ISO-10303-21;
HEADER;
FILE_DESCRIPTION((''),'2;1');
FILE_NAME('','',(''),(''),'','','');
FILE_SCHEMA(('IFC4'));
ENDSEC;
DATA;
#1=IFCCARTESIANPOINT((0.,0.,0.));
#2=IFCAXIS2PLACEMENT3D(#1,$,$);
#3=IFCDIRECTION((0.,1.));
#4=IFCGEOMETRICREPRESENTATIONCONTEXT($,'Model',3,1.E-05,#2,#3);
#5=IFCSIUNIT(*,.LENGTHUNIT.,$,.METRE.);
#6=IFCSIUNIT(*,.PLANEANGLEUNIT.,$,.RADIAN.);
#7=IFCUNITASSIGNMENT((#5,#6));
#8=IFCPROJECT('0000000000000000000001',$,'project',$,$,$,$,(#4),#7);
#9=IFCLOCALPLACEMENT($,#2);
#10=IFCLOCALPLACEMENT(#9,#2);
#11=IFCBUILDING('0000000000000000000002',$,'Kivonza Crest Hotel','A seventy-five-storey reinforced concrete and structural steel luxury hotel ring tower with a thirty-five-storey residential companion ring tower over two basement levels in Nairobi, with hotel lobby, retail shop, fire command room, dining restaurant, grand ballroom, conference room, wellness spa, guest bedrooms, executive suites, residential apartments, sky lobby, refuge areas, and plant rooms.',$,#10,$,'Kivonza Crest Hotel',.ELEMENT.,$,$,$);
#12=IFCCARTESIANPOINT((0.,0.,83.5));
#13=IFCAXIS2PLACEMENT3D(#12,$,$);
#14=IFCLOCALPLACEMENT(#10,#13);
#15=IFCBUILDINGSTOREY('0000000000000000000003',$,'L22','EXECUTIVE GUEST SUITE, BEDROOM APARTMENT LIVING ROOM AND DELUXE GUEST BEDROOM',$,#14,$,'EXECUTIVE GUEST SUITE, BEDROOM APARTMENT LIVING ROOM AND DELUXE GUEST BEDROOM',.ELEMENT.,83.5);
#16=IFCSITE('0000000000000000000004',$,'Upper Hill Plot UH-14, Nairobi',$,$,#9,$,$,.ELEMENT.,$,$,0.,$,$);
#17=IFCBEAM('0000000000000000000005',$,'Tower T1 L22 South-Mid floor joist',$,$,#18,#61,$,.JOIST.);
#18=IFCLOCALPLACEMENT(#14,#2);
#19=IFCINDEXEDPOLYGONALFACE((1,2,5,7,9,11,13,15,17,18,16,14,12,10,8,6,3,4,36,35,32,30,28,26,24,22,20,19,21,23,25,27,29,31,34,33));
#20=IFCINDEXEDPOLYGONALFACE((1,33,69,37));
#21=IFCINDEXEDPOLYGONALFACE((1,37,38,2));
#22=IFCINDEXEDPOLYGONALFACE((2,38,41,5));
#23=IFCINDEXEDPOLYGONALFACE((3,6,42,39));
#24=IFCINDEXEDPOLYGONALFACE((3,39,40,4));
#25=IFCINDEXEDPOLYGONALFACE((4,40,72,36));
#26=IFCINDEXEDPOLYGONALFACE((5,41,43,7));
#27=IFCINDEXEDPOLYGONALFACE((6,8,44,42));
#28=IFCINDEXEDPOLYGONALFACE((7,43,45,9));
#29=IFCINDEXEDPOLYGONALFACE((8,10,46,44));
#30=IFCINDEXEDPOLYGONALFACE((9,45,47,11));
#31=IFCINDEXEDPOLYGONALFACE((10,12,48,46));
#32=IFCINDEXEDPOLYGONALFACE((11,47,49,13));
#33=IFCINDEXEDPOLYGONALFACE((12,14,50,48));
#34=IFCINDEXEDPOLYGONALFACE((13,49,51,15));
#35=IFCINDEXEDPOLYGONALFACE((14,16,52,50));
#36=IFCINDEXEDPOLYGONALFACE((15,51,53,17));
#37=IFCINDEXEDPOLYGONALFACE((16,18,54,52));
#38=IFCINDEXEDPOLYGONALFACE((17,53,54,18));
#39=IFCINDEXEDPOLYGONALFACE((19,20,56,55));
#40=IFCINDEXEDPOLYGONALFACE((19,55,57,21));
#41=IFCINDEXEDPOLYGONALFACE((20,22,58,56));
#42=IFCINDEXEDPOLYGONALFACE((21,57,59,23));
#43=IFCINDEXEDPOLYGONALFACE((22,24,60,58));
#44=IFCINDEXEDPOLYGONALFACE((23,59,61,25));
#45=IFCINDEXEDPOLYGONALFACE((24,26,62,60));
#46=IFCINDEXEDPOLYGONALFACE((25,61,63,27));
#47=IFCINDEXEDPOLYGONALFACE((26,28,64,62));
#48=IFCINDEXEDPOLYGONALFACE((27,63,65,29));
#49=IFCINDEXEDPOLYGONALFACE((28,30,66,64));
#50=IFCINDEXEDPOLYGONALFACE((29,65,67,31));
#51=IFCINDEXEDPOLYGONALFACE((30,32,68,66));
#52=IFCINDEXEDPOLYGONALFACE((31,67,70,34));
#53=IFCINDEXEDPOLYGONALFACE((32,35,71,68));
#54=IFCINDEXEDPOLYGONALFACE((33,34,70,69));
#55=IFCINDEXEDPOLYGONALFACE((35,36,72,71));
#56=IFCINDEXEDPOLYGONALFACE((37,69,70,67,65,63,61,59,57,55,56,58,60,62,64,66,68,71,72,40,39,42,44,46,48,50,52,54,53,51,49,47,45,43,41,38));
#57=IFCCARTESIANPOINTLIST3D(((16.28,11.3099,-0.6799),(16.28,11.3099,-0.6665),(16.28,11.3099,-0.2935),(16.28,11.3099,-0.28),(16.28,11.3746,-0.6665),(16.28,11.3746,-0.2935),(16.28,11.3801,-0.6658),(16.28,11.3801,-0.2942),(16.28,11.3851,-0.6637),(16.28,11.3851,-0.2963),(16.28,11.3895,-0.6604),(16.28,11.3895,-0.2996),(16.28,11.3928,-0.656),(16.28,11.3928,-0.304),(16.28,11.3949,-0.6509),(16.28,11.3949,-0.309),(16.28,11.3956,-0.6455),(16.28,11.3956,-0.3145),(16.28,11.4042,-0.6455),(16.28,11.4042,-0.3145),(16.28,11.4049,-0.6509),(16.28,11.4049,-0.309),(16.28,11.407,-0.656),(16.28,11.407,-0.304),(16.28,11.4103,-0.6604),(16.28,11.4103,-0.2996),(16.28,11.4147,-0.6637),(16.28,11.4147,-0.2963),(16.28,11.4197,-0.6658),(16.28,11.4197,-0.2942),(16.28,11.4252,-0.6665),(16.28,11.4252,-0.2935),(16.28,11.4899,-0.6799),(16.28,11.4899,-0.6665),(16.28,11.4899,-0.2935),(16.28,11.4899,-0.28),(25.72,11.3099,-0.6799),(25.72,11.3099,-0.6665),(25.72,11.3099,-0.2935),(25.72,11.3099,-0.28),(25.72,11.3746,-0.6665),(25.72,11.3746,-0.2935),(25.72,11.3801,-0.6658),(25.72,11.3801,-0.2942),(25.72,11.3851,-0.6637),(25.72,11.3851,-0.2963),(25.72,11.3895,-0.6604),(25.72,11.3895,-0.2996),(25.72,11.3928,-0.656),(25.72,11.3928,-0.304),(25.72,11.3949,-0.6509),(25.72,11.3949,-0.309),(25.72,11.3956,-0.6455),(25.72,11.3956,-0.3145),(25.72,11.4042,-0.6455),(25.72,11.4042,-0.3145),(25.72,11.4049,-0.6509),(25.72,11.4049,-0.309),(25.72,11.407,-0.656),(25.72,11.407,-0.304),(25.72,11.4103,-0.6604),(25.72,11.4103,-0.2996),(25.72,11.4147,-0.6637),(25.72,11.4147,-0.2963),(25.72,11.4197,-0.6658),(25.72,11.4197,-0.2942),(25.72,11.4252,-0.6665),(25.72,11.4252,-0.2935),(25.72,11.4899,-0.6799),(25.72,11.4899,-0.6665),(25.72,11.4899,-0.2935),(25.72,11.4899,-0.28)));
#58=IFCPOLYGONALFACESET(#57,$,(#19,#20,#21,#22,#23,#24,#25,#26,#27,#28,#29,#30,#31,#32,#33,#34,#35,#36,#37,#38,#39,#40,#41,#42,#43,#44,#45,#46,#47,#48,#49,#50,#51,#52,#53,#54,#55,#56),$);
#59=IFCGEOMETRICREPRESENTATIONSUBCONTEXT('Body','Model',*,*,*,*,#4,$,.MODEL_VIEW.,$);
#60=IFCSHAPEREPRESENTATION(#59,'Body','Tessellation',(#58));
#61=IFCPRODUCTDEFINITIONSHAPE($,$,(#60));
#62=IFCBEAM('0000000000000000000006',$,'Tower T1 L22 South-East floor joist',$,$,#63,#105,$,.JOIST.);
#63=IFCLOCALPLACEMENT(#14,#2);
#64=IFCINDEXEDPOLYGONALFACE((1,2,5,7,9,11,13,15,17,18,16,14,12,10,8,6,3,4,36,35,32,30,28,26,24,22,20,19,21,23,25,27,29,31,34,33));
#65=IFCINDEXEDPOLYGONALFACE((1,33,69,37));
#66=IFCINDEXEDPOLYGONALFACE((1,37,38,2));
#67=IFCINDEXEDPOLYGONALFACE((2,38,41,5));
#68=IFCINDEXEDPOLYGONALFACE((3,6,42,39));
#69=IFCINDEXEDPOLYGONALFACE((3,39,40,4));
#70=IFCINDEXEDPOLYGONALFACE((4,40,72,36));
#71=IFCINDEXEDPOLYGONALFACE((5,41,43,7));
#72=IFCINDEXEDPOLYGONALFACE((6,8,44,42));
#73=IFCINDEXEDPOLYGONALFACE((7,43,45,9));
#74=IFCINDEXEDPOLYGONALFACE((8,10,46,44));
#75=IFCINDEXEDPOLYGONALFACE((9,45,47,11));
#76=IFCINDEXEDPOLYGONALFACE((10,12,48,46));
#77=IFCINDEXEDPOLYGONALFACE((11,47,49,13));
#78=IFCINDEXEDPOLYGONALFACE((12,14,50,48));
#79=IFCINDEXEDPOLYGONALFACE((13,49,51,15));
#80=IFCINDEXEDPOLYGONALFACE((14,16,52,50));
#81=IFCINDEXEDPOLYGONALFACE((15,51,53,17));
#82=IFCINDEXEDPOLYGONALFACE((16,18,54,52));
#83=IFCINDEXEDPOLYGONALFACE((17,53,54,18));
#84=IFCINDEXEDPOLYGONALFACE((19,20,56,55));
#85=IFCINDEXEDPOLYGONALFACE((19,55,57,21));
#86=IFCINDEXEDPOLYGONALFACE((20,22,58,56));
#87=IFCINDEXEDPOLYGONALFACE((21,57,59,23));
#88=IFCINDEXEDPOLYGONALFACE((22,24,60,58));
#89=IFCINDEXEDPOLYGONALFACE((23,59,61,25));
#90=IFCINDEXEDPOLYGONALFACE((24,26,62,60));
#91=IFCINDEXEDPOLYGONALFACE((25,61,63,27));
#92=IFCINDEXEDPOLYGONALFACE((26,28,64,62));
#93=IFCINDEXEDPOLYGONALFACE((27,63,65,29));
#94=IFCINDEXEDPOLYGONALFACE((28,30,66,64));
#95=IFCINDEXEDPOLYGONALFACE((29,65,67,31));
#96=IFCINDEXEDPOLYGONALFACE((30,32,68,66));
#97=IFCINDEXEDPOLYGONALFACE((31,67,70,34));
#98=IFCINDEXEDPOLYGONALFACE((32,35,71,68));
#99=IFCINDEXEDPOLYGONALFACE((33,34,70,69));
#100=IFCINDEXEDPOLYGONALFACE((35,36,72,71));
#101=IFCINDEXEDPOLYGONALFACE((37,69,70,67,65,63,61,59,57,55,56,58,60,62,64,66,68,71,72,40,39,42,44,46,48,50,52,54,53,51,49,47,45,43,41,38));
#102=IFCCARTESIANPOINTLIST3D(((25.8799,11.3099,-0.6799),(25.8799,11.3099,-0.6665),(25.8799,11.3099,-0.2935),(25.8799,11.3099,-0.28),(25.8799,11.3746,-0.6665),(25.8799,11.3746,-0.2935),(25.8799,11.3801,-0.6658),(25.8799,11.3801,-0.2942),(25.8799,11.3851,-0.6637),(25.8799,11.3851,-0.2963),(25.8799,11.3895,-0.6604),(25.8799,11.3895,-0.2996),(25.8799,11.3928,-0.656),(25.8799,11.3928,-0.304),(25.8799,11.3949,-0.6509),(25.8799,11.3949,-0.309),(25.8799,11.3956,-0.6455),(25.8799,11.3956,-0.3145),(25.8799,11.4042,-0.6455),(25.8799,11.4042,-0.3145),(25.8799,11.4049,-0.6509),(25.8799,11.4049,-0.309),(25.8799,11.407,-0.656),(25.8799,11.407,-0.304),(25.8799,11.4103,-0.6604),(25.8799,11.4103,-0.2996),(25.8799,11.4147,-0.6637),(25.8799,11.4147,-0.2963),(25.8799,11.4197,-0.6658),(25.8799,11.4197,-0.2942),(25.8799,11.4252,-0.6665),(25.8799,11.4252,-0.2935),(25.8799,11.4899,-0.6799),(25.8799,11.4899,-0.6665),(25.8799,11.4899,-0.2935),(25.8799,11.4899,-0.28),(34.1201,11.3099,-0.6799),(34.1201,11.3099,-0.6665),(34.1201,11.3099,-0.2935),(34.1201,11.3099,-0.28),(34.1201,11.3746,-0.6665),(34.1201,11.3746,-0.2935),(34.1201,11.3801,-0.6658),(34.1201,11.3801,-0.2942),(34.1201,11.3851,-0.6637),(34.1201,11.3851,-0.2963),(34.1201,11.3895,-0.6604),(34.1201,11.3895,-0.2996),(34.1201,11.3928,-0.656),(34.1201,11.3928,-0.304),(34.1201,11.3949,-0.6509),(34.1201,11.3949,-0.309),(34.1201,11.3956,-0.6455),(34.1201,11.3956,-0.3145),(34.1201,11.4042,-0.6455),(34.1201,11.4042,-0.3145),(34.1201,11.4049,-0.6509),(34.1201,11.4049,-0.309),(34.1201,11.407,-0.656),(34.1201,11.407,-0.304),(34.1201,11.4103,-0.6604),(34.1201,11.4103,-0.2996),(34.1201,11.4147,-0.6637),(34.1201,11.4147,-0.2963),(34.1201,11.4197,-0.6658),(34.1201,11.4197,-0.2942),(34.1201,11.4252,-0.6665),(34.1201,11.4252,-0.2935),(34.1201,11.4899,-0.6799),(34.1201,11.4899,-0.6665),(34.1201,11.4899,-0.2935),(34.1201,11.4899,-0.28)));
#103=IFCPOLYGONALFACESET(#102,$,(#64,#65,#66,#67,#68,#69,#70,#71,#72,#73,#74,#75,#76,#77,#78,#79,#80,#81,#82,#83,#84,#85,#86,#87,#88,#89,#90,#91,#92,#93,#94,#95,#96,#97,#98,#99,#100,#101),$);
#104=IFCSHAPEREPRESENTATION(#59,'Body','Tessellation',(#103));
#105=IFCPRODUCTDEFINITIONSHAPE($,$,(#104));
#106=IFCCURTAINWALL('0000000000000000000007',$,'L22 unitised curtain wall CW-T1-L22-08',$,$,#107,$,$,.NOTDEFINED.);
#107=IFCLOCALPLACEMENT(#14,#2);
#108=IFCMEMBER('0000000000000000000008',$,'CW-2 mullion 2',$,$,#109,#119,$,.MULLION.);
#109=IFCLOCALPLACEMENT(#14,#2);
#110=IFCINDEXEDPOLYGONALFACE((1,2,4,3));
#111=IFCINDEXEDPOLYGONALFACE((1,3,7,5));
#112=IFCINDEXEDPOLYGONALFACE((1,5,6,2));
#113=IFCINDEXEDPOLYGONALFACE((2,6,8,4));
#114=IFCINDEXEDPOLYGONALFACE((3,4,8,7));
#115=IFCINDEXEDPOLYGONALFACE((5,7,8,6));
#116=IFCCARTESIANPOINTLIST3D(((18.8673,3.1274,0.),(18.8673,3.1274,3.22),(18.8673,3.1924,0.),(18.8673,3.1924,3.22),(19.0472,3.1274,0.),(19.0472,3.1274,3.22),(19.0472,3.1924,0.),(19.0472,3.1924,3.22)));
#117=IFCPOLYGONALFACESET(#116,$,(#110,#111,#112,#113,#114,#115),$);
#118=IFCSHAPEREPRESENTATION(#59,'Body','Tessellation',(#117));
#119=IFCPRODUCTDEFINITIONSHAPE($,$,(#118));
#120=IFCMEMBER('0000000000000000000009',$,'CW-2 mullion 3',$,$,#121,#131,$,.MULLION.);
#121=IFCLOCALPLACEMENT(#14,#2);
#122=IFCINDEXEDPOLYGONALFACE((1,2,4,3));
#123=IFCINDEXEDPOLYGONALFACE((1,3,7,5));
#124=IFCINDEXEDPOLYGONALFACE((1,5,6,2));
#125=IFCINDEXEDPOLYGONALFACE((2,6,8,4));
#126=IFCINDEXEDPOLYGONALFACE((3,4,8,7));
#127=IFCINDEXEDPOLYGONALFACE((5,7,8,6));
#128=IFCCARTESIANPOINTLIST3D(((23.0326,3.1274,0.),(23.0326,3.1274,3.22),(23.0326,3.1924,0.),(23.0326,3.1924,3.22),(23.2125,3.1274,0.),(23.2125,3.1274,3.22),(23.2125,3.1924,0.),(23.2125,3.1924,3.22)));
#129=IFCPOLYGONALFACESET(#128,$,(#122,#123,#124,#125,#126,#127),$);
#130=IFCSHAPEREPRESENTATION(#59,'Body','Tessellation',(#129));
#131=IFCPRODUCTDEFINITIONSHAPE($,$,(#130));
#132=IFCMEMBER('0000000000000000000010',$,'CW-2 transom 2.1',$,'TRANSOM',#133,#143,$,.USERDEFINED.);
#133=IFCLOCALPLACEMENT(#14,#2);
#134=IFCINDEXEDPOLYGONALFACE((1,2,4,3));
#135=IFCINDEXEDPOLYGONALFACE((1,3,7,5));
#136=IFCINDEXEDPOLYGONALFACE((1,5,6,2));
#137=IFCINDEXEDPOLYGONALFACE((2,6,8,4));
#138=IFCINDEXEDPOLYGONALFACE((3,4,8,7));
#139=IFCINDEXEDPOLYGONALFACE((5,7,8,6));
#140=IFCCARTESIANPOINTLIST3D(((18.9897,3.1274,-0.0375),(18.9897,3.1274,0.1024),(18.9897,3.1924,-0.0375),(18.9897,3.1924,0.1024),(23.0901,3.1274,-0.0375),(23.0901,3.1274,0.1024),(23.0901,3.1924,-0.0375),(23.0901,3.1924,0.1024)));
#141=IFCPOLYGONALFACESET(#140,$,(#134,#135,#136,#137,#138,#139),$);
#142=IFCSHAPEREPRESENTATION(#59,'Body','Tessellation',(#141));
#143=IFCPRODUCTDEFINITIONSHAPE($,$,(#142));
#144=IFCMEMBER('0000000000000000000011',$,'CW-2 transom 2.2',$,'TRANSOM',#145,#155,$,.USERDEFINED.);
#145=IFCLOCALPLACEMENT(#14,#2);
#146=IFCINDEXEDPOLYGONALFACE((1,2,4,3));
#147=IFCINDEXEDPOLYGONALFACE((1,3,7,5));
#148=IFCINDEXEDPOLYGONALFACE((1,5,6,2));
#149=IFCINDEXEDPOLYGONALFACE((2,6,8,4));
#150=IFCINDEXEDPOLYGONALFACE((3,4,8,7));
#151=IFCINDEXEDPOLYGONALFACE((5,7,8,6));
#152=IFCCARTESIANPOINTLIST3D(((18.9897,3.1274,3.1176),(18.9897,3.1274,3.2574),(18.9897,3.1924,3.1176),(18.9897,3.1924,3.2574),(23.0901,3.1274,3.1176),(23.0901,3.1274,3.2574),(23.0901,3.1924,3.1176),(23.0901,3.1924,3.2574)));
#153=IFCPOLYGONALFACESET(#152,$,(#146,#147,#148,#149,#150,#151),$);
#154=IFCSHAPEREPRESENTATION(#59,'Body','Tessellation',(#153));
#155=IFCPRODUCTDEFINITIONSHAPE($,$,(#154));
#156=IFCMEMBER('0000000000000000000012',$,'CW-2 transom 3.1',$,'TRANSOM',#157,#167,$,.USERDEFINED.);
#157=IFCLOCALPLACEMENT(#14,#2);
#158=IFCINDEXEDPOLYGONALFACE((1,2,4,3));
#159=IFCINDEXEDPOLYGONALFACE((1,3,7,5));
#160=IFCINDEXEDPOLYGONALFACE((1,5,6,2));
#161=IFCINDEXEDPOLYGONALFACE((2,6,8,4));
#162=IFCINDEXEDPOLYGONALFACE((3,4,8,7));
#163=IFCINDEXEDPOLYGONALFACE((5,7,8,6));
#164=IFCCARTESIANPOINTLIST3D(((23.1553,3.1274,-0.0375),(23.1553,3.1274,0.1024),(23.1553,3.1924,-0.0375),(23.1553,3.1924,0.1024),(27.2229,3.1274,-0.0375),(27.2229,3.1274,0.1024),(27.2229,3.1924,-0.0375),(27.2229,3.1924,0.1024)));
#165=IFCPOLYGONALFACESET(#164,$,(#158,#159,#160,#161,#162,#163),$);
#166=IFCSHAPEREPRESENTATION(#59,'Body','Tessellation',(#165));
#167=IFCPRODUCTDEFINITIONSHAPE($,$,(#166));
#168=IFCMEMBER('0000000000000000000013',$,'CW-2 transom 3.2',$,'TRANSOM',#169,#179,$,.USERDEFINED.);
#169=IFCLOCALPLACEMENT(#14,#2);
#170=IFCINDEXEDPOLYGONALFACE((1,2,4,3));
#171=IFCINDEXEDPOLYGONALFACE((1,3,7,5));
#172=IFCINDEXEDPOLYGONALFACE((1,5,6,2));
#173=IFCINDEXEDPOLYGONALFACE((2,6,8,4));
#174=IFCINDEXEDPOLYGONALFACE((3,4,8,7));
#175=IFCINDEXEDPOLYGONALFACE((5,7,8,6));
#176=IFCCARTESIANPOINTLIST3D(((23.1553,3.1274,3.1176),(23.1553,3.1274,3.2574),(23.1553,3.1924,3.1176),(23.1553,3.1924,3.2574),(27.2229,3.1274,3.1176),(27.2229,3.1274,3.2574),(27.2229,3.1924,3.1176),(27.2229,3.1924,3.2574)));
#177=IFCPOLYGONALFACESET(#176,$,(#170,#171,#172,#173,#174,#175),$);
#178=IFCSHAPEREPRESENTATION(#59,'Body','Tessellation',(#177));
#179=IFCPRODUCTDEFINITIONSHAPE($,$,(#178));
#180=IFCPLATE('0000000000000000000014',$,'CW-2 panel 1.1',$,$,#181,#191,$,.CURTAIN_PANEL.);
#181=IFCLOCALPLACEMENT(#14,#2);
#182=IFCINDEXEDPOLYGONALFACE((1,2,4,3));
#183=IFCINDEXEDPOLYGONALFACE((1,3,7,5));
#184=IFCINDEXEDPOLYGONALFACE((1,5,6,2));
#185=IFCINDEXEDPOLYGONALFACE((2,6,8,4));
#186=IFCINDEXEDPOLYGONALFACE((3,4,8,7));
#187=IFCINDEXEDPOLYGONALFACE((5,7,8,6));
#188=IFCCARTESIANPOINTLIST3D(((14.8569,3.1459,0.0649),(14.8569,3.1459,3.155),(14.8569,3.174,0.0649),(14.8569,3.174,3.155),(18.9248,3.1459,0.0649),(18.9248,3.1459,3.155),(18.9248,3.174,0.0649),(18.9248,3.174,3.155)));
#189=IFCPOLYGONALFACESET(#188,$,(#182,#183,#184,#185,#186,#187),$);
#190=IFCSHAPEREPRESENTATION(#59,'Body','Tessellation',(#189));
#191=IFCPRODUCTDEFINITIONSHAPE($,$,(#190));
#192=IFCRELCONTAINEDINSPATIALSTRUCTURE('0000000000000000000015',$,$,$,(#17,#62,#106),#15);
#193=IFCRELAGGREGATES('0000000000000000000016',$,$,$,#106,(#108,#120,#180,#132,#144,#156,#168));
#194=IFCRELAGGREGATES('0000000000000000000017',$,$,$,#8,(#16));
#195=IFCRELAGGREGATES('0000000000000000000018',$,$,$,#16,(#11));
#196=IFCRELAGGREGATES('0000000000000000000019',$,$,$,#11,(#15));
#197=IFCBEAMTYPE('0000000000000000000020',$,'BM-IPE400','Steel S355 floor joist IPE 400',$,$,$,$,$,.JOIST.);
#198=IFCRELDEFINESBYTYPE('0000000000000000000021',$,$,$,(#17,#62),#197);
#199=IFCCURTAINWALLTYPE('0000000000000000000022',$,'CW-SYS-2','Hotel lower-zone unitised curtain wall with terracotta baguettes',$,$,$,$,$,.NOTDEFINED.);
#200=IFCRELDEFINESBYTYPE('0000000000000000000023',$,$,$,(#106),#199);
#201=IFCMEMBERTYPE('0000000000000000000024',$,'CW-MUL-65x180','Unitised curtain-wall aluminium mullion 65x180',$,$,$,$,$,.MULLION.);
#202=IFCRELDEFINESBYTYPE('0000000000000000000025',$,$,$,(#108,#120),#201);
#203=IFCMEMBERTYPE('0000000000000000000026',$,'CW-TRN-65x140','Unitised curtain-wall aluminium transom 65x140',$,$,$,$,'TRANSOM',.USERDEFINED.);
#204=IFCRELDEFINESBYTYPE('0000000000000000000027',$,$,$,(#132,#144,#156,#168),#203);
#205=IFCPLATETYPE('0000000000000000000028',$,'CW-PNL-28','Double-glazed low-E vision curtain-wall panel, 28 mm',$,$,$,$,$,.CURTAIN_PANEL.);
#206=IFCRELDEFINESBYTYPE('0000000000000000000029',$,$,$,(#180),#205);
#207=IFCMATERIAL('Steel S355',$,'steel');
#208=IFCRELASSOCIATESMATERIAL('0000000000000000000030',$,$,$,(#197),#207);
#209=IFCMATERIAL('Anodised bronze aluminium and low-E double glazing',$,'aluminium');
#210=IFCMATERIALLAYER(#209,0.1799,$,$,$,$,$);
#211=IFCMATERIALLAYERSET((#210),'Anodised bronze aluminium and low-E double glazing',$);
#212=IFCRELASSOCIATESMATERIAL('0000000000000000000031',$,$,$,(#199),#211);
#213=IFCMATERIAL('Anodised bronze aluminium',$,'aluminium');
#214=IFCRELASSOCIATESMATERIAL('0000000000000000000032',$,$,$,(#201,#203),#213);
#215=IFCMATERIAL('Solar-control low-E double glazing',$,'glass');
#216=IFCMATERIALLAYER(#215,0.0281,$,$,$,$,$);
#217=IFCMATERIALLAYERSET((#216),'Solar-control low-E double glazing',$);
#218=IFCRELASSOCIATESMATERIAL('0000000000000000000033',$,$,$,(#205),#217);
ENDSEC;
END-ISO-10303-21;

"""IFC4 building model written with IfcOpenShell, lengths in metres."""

from ifc_helpers import new_model, si_unit, direction, frame, origin, origin_2d, place, context, subcontext, project, spatial, rectangle, i_section, extrude, material, layer, layer_set, material_profile, profile_set, type_object, element, aggregate, save


model = new_model("IFC4")

# Units and contexts
model_context = context("Model", 3, precision=1e-05, world=origin(), true_north=direction((0.0, 1.0)))
body_context = subcontext(model_context, "Body", "Model", "MODEL_VIEW")
ifc_project = project(units=[si_unit("LENGTHUNIT", "METRE"), si_unit("PLANEANGLEUNIT", "RADIAN")], contexts=[model_context])

# Site, building, storey
site_placement = place(None, origin())
site = spatial("IfcSite", under=ifc_project, at=site_placement, Name="Upper Hill Plot UH-14, Nairobi", CompositionType="ELEMENT", RefElevation=0.0)
building_placement = place(site_placement, origin())
building = spatial("IfcBuilding", under=site, at=building_placement, Name="Kivonza Crest Hotel", Description="A seventy-five-storey reinforced concrete and structural steel luxury hotel ring tower with a thirty-five-storey residential companion ring tower over two basement levels in Nairobi, with hotel lobby, retail shop, fire command room, dining restaurant, grand ballroom, conference room, wellness spa, guest bedrooms, executive suites, residential apartments, sky lobby, refuge areas, and plant rooms.", LongName="Kivonza Crest Hotel", CompositionType="ELEMENT")
storey_placement = place(building_placement, frame((0.0, 0.0, 83.5)))
storey = spatial("IfcBuildingStorey", under=building, at=storey_placement, Name="L22", Description="EXECUTIVE GUEST SUITE, BEDROOM APARTMENT LIVING ROOM AND DELUXE GUEST BEDROOM", LongName="EXECUTIVE GUEST SUITE, BEDROOM APARTMENT LIVING ROOM AND DELUXE GUEST BEDROOM", CompositionType="ELEMENT", Elevation=83.5)

# Beams
ifc_material_1 = material(Name="Steel S355", Category="steel")
ifc_material_profile_1 = material_profile(ifc_material_1, i_section(OverallWidth=0.1799, OverallDepth=0.3999, WebThickness=0.0085, FlangeThickness=0.0134, FilletRadius=0.021, at=origin_2d()), Name="IPE 400")
ifc_profile_set_1 = profile_set([ifc_material_profile_1], Name="Steel S355")
beam_type_1 = type_object("IfcBeamType", Name="BM-IPE400", Description="Steel S355 floor joist IPE 400", PredefinedType="JOIST", material=ifc_profile_set_1)
beam_1_placement = place(storey_placement, frame((16.28, 11.3999, -0.48), z_axis=(1.0, 0.0, 0.0), x_axis=(0.0, 1.0, 0.0)))
element("IfcBeam", 1, at=beam_1_placement, inside=storey, type_object=beam_type_1, Name="Tower T1 L22 South-Mid floor joist", PredefinedType="JOIST", context=body_context, shape_type="SweptSolid", body=[
    extrude(i_section(OverallWidth=0.1799, OverallDepth=0.3999, WebThickness=0.0085, FlangeThickness=0.0134, FilletRadius=0.021, at=origin_2d()), origin(), (0.0, 0.0, 1.0), 9.4399),
])
beam_2_placement = place(storey_placement, frame((25.8799, 11.3999, -0.48), z_axis=(1.0, 0.0, 0.0), x_axis=(0.0, 1.0, 0.0)))
element("IfcBeam", 2, at=beam_2_placement, inside=storey, type_object=beam_type_1, Name="Tower T1 L22 South-East floor joist", PredefinedType="JOIST", context=body_context, shape_type="SweptSolid", body=[
    extrude(i_section(OverallWidth=0.1799, OverallDepth=0.3999, WebThickness=0.0085, FlangeThickness=0.0134, FilletRadius=0.021, at=origin_2d()), origin(), (0.0, 0.0, 1.0), 8.2402),
])

# Curtain wall, members, plate
ifc_material_2 = material(Name="Anodised bronze aluminium and low-E double glazing", Category="aluminium")
ifc_layer_1 = layer(ifc_material_2, 0.1799)
ifc_layer_set_1 = layer_set([ifc_layer_1], Name="Anodised bronze aluminium and low-E double glazing")
curtain_wall_type = type_object("IfcCurtainWallType", Name="CW-SYS-2", Description="Hotel lower-zone unitised curtain wall with terracotta baguettes", PredefinedType="NOTDEFINED", material=ifc_layer_set_1)
curtain_wall_placement = place(storey_placement, origin())
curtain_wall = element("IfcCurtainWall", 3, at=curtain_wall_placement, inside=storey, type_object=curtain_wall_type, Name="L22 unitised curtain wall CW-T1-L22-08", PredefinedType="NOTDEFINED")
ifc_material_3 = material(Name="Anodised bronze aluminium", Category="aluminium")
ifc_material_profile_2 = material_profile(ifc_material_3, rectangle(XDim=0.0649, YDim=0.1799, at=origin_2d()), Name="CW-M 65x180")
ifc_profile_set_2 = profile_set([ifc_material_profile_2], Name="Anodised bronze aluminium")
member_type_1 = type_object("IfcMemberType", Name="CW-MUL-65x180", Description="Unitised curtain-wall aluminium mullion 65x180", PredefinedType="MULLION", material=ifc_profile_set_2)
member_1_placement = place(storey_placement, frame((18.9573, 3.1599, 0.0), z_axis=(0.0, 0.0, 1.0), x_axis=(0.0, 1.0, 0.0)))
member_1 = element("IfcMember", 4, at=member_1_placement, type_object=member_type_1, Name="CW-2 mullion 2", PredefinedType="MULLION", context=body_context, shape_type="SweptSolid", body=[
    extrude(rectangle(XDim=0.0649, YDim=0.1799, at=origin_2d()), origin(), (0.0, 0.0, 1.0), 3.22),
])
member_2_placement = place(storey_placement, frame((23.1226, 3.1599, 0.0), z_axis=(0.0, 0.0, 1.0), x_axis=(0.0, 1.0, 0.0)))
member_2 = element("IfcMember", 5, at=member_2_placement, type_object=member_type_1, Name="CW-2 mullion 3", PredefinedType="MULLION", context=body_context, shape_type="SweptSolid", body=[
    extrude(rectangle(XDim=0.0649, YDim=0.1799, at=origin_2d()), origin(), (0.0, 0.0, 1.0), 3.22),
])
ifc_material_profile_3 = material_profile(ifc_material_3, rectangle(XDim=0.0649, YDim=0.1399, at=origin_2d()), Name="CW-T 65x140")
ifc_profile_set_3 = profile_set([ifc_material_profile_3], Name="Anodised bronze aluminium")
member_type_2 = type_object("IfcMemberType", Name="CW-TRN-65x140", Description="Unitised curtain-wall aluminium transom 65x140", ElementType="TRANSOM", PredefinedType="USERDEFINED", material=ifc_profile_set_3)
member_3_placement = place(storey_placement, frame((18.9897, 3.1599, 0.0325), z_axis=(1.0, 0.0, 0.0), x_axis=(0.0, 1.0, 0.0)))
member_3 = element("IfcMember", 6, at=member_3_placement, type_object=member_type_2, Name="CW-2 transom 2.1", ObjectType="TRANSOM", PredefinedType="USERDEFINED", context=body_context, shape_type="SweptSolid", body=[
    extrude(rectangle(XDim=0.0649, YDim=0.1399, at=origin_2d()), origin(), (0.0, 0.0, 1.0), 4.1003),
])
member_4_placement = place(storey_placement, frame((18.9897, 3.1599, 3.1875), z_axis=(1.0, 0.0, 0.0), x_axis=(0.0, 1.0, 0.0)))
member_4 = element("IfcMember", 7, at=member_4_placement, type_object=member_type_2, Name="CW-2 transom 2.2", ObjectType="TRANSOM", PredefinedType="USERDEFINED", context=body_context, shape_type="SweptSolid", body=[
    extrude(rectangle(XDim=0.0649, YDim=0.1399, at=origin_2d()), origin(), (0.0, 0.0, 1.0), 4.1003),
])
member_5_placement = place(storey_placement, frame((23.1553, 3.1599, 0.0325), z_axis=(1.0, 0.0, 0.0), x_axis=(0.0, 1.0, 0.0)))
member_5 = element("IfcMember", 8, at=member_5_placement, type_object=member_type_2, Name="CW-2 transom 3.1", ObjectType="TRANSOM", PredefinedType="USERDEFINED", context=body_context, shape_type="SweptSolid", body=[
    extrude(rectangle(XDim=0.0649, YDim=0.1399, at=origin_2d()), origin(), (0.0, 0.0, 1.0), 4.0676),
])
member_6_placement = place(storey_placement, frame((23.1553, 3.1599, 3.1875), z_axis=(1.0, 0.0, 0.0), x_axis=(0.0, 1.0, 0.0)))
member_6 = element("IfcMember", 9, at=member_6_placement, type_object=member_type_2, Name="CW-2 transom 3.2", ObjectType="TRANSOM", PredefinedType="USERDEFINED", context=body_context, shape_type="SweptSolid", body=[
    extrude(rectangle(XDim=0.0649, YDim=0.1399, at=origin_2d()), origin(), (0.0, 0.0, 1.0), 4.0676),
])
ifc_material_4 = material(Name="Solar-control low-E double glazing", Category="glass")
ifc_layer_2 = layer(ifc_material_4, 0.0281)
ifc_layer_set_2 = layer_set([ifc_layer_2], Name="Solar-control low-E double glazing")
plate_type = type_object("IfcPlateType", Name="CW-PNL-28", Description="Double-glazed low-E vision curtain-wall panel, 28 mm", PredefinedType="CURTAIN_PANEL", material=ifc_layer_set_2)
plate_1_placement = place(storey_placement, frame((16.8909, 3.1599, 0.0649), z_axis=(0.0, 0.0, 1.0), x_axis=(1.0, 0.0, 0.0)))
plate_1 = element("IfcPlate", 10, at=plate_1_placement, type_object=plate_type, Name="CW-2 panel 1.1", PredefinedType="CURTAIN_PANEL", context=body_context, shape_type="SweptSolid", body=[
    extrude(rectangle(XDim=4.0679, YDim=0.0281, at=origin_2d()), origin(), (0.0, 0.0, 1.0), 3.0901),
])
aggregate(curtain_wall, [member_1, member_2, plate_1, member_3, member_4, member_5, member_6])

save(model, "model.ifc")
